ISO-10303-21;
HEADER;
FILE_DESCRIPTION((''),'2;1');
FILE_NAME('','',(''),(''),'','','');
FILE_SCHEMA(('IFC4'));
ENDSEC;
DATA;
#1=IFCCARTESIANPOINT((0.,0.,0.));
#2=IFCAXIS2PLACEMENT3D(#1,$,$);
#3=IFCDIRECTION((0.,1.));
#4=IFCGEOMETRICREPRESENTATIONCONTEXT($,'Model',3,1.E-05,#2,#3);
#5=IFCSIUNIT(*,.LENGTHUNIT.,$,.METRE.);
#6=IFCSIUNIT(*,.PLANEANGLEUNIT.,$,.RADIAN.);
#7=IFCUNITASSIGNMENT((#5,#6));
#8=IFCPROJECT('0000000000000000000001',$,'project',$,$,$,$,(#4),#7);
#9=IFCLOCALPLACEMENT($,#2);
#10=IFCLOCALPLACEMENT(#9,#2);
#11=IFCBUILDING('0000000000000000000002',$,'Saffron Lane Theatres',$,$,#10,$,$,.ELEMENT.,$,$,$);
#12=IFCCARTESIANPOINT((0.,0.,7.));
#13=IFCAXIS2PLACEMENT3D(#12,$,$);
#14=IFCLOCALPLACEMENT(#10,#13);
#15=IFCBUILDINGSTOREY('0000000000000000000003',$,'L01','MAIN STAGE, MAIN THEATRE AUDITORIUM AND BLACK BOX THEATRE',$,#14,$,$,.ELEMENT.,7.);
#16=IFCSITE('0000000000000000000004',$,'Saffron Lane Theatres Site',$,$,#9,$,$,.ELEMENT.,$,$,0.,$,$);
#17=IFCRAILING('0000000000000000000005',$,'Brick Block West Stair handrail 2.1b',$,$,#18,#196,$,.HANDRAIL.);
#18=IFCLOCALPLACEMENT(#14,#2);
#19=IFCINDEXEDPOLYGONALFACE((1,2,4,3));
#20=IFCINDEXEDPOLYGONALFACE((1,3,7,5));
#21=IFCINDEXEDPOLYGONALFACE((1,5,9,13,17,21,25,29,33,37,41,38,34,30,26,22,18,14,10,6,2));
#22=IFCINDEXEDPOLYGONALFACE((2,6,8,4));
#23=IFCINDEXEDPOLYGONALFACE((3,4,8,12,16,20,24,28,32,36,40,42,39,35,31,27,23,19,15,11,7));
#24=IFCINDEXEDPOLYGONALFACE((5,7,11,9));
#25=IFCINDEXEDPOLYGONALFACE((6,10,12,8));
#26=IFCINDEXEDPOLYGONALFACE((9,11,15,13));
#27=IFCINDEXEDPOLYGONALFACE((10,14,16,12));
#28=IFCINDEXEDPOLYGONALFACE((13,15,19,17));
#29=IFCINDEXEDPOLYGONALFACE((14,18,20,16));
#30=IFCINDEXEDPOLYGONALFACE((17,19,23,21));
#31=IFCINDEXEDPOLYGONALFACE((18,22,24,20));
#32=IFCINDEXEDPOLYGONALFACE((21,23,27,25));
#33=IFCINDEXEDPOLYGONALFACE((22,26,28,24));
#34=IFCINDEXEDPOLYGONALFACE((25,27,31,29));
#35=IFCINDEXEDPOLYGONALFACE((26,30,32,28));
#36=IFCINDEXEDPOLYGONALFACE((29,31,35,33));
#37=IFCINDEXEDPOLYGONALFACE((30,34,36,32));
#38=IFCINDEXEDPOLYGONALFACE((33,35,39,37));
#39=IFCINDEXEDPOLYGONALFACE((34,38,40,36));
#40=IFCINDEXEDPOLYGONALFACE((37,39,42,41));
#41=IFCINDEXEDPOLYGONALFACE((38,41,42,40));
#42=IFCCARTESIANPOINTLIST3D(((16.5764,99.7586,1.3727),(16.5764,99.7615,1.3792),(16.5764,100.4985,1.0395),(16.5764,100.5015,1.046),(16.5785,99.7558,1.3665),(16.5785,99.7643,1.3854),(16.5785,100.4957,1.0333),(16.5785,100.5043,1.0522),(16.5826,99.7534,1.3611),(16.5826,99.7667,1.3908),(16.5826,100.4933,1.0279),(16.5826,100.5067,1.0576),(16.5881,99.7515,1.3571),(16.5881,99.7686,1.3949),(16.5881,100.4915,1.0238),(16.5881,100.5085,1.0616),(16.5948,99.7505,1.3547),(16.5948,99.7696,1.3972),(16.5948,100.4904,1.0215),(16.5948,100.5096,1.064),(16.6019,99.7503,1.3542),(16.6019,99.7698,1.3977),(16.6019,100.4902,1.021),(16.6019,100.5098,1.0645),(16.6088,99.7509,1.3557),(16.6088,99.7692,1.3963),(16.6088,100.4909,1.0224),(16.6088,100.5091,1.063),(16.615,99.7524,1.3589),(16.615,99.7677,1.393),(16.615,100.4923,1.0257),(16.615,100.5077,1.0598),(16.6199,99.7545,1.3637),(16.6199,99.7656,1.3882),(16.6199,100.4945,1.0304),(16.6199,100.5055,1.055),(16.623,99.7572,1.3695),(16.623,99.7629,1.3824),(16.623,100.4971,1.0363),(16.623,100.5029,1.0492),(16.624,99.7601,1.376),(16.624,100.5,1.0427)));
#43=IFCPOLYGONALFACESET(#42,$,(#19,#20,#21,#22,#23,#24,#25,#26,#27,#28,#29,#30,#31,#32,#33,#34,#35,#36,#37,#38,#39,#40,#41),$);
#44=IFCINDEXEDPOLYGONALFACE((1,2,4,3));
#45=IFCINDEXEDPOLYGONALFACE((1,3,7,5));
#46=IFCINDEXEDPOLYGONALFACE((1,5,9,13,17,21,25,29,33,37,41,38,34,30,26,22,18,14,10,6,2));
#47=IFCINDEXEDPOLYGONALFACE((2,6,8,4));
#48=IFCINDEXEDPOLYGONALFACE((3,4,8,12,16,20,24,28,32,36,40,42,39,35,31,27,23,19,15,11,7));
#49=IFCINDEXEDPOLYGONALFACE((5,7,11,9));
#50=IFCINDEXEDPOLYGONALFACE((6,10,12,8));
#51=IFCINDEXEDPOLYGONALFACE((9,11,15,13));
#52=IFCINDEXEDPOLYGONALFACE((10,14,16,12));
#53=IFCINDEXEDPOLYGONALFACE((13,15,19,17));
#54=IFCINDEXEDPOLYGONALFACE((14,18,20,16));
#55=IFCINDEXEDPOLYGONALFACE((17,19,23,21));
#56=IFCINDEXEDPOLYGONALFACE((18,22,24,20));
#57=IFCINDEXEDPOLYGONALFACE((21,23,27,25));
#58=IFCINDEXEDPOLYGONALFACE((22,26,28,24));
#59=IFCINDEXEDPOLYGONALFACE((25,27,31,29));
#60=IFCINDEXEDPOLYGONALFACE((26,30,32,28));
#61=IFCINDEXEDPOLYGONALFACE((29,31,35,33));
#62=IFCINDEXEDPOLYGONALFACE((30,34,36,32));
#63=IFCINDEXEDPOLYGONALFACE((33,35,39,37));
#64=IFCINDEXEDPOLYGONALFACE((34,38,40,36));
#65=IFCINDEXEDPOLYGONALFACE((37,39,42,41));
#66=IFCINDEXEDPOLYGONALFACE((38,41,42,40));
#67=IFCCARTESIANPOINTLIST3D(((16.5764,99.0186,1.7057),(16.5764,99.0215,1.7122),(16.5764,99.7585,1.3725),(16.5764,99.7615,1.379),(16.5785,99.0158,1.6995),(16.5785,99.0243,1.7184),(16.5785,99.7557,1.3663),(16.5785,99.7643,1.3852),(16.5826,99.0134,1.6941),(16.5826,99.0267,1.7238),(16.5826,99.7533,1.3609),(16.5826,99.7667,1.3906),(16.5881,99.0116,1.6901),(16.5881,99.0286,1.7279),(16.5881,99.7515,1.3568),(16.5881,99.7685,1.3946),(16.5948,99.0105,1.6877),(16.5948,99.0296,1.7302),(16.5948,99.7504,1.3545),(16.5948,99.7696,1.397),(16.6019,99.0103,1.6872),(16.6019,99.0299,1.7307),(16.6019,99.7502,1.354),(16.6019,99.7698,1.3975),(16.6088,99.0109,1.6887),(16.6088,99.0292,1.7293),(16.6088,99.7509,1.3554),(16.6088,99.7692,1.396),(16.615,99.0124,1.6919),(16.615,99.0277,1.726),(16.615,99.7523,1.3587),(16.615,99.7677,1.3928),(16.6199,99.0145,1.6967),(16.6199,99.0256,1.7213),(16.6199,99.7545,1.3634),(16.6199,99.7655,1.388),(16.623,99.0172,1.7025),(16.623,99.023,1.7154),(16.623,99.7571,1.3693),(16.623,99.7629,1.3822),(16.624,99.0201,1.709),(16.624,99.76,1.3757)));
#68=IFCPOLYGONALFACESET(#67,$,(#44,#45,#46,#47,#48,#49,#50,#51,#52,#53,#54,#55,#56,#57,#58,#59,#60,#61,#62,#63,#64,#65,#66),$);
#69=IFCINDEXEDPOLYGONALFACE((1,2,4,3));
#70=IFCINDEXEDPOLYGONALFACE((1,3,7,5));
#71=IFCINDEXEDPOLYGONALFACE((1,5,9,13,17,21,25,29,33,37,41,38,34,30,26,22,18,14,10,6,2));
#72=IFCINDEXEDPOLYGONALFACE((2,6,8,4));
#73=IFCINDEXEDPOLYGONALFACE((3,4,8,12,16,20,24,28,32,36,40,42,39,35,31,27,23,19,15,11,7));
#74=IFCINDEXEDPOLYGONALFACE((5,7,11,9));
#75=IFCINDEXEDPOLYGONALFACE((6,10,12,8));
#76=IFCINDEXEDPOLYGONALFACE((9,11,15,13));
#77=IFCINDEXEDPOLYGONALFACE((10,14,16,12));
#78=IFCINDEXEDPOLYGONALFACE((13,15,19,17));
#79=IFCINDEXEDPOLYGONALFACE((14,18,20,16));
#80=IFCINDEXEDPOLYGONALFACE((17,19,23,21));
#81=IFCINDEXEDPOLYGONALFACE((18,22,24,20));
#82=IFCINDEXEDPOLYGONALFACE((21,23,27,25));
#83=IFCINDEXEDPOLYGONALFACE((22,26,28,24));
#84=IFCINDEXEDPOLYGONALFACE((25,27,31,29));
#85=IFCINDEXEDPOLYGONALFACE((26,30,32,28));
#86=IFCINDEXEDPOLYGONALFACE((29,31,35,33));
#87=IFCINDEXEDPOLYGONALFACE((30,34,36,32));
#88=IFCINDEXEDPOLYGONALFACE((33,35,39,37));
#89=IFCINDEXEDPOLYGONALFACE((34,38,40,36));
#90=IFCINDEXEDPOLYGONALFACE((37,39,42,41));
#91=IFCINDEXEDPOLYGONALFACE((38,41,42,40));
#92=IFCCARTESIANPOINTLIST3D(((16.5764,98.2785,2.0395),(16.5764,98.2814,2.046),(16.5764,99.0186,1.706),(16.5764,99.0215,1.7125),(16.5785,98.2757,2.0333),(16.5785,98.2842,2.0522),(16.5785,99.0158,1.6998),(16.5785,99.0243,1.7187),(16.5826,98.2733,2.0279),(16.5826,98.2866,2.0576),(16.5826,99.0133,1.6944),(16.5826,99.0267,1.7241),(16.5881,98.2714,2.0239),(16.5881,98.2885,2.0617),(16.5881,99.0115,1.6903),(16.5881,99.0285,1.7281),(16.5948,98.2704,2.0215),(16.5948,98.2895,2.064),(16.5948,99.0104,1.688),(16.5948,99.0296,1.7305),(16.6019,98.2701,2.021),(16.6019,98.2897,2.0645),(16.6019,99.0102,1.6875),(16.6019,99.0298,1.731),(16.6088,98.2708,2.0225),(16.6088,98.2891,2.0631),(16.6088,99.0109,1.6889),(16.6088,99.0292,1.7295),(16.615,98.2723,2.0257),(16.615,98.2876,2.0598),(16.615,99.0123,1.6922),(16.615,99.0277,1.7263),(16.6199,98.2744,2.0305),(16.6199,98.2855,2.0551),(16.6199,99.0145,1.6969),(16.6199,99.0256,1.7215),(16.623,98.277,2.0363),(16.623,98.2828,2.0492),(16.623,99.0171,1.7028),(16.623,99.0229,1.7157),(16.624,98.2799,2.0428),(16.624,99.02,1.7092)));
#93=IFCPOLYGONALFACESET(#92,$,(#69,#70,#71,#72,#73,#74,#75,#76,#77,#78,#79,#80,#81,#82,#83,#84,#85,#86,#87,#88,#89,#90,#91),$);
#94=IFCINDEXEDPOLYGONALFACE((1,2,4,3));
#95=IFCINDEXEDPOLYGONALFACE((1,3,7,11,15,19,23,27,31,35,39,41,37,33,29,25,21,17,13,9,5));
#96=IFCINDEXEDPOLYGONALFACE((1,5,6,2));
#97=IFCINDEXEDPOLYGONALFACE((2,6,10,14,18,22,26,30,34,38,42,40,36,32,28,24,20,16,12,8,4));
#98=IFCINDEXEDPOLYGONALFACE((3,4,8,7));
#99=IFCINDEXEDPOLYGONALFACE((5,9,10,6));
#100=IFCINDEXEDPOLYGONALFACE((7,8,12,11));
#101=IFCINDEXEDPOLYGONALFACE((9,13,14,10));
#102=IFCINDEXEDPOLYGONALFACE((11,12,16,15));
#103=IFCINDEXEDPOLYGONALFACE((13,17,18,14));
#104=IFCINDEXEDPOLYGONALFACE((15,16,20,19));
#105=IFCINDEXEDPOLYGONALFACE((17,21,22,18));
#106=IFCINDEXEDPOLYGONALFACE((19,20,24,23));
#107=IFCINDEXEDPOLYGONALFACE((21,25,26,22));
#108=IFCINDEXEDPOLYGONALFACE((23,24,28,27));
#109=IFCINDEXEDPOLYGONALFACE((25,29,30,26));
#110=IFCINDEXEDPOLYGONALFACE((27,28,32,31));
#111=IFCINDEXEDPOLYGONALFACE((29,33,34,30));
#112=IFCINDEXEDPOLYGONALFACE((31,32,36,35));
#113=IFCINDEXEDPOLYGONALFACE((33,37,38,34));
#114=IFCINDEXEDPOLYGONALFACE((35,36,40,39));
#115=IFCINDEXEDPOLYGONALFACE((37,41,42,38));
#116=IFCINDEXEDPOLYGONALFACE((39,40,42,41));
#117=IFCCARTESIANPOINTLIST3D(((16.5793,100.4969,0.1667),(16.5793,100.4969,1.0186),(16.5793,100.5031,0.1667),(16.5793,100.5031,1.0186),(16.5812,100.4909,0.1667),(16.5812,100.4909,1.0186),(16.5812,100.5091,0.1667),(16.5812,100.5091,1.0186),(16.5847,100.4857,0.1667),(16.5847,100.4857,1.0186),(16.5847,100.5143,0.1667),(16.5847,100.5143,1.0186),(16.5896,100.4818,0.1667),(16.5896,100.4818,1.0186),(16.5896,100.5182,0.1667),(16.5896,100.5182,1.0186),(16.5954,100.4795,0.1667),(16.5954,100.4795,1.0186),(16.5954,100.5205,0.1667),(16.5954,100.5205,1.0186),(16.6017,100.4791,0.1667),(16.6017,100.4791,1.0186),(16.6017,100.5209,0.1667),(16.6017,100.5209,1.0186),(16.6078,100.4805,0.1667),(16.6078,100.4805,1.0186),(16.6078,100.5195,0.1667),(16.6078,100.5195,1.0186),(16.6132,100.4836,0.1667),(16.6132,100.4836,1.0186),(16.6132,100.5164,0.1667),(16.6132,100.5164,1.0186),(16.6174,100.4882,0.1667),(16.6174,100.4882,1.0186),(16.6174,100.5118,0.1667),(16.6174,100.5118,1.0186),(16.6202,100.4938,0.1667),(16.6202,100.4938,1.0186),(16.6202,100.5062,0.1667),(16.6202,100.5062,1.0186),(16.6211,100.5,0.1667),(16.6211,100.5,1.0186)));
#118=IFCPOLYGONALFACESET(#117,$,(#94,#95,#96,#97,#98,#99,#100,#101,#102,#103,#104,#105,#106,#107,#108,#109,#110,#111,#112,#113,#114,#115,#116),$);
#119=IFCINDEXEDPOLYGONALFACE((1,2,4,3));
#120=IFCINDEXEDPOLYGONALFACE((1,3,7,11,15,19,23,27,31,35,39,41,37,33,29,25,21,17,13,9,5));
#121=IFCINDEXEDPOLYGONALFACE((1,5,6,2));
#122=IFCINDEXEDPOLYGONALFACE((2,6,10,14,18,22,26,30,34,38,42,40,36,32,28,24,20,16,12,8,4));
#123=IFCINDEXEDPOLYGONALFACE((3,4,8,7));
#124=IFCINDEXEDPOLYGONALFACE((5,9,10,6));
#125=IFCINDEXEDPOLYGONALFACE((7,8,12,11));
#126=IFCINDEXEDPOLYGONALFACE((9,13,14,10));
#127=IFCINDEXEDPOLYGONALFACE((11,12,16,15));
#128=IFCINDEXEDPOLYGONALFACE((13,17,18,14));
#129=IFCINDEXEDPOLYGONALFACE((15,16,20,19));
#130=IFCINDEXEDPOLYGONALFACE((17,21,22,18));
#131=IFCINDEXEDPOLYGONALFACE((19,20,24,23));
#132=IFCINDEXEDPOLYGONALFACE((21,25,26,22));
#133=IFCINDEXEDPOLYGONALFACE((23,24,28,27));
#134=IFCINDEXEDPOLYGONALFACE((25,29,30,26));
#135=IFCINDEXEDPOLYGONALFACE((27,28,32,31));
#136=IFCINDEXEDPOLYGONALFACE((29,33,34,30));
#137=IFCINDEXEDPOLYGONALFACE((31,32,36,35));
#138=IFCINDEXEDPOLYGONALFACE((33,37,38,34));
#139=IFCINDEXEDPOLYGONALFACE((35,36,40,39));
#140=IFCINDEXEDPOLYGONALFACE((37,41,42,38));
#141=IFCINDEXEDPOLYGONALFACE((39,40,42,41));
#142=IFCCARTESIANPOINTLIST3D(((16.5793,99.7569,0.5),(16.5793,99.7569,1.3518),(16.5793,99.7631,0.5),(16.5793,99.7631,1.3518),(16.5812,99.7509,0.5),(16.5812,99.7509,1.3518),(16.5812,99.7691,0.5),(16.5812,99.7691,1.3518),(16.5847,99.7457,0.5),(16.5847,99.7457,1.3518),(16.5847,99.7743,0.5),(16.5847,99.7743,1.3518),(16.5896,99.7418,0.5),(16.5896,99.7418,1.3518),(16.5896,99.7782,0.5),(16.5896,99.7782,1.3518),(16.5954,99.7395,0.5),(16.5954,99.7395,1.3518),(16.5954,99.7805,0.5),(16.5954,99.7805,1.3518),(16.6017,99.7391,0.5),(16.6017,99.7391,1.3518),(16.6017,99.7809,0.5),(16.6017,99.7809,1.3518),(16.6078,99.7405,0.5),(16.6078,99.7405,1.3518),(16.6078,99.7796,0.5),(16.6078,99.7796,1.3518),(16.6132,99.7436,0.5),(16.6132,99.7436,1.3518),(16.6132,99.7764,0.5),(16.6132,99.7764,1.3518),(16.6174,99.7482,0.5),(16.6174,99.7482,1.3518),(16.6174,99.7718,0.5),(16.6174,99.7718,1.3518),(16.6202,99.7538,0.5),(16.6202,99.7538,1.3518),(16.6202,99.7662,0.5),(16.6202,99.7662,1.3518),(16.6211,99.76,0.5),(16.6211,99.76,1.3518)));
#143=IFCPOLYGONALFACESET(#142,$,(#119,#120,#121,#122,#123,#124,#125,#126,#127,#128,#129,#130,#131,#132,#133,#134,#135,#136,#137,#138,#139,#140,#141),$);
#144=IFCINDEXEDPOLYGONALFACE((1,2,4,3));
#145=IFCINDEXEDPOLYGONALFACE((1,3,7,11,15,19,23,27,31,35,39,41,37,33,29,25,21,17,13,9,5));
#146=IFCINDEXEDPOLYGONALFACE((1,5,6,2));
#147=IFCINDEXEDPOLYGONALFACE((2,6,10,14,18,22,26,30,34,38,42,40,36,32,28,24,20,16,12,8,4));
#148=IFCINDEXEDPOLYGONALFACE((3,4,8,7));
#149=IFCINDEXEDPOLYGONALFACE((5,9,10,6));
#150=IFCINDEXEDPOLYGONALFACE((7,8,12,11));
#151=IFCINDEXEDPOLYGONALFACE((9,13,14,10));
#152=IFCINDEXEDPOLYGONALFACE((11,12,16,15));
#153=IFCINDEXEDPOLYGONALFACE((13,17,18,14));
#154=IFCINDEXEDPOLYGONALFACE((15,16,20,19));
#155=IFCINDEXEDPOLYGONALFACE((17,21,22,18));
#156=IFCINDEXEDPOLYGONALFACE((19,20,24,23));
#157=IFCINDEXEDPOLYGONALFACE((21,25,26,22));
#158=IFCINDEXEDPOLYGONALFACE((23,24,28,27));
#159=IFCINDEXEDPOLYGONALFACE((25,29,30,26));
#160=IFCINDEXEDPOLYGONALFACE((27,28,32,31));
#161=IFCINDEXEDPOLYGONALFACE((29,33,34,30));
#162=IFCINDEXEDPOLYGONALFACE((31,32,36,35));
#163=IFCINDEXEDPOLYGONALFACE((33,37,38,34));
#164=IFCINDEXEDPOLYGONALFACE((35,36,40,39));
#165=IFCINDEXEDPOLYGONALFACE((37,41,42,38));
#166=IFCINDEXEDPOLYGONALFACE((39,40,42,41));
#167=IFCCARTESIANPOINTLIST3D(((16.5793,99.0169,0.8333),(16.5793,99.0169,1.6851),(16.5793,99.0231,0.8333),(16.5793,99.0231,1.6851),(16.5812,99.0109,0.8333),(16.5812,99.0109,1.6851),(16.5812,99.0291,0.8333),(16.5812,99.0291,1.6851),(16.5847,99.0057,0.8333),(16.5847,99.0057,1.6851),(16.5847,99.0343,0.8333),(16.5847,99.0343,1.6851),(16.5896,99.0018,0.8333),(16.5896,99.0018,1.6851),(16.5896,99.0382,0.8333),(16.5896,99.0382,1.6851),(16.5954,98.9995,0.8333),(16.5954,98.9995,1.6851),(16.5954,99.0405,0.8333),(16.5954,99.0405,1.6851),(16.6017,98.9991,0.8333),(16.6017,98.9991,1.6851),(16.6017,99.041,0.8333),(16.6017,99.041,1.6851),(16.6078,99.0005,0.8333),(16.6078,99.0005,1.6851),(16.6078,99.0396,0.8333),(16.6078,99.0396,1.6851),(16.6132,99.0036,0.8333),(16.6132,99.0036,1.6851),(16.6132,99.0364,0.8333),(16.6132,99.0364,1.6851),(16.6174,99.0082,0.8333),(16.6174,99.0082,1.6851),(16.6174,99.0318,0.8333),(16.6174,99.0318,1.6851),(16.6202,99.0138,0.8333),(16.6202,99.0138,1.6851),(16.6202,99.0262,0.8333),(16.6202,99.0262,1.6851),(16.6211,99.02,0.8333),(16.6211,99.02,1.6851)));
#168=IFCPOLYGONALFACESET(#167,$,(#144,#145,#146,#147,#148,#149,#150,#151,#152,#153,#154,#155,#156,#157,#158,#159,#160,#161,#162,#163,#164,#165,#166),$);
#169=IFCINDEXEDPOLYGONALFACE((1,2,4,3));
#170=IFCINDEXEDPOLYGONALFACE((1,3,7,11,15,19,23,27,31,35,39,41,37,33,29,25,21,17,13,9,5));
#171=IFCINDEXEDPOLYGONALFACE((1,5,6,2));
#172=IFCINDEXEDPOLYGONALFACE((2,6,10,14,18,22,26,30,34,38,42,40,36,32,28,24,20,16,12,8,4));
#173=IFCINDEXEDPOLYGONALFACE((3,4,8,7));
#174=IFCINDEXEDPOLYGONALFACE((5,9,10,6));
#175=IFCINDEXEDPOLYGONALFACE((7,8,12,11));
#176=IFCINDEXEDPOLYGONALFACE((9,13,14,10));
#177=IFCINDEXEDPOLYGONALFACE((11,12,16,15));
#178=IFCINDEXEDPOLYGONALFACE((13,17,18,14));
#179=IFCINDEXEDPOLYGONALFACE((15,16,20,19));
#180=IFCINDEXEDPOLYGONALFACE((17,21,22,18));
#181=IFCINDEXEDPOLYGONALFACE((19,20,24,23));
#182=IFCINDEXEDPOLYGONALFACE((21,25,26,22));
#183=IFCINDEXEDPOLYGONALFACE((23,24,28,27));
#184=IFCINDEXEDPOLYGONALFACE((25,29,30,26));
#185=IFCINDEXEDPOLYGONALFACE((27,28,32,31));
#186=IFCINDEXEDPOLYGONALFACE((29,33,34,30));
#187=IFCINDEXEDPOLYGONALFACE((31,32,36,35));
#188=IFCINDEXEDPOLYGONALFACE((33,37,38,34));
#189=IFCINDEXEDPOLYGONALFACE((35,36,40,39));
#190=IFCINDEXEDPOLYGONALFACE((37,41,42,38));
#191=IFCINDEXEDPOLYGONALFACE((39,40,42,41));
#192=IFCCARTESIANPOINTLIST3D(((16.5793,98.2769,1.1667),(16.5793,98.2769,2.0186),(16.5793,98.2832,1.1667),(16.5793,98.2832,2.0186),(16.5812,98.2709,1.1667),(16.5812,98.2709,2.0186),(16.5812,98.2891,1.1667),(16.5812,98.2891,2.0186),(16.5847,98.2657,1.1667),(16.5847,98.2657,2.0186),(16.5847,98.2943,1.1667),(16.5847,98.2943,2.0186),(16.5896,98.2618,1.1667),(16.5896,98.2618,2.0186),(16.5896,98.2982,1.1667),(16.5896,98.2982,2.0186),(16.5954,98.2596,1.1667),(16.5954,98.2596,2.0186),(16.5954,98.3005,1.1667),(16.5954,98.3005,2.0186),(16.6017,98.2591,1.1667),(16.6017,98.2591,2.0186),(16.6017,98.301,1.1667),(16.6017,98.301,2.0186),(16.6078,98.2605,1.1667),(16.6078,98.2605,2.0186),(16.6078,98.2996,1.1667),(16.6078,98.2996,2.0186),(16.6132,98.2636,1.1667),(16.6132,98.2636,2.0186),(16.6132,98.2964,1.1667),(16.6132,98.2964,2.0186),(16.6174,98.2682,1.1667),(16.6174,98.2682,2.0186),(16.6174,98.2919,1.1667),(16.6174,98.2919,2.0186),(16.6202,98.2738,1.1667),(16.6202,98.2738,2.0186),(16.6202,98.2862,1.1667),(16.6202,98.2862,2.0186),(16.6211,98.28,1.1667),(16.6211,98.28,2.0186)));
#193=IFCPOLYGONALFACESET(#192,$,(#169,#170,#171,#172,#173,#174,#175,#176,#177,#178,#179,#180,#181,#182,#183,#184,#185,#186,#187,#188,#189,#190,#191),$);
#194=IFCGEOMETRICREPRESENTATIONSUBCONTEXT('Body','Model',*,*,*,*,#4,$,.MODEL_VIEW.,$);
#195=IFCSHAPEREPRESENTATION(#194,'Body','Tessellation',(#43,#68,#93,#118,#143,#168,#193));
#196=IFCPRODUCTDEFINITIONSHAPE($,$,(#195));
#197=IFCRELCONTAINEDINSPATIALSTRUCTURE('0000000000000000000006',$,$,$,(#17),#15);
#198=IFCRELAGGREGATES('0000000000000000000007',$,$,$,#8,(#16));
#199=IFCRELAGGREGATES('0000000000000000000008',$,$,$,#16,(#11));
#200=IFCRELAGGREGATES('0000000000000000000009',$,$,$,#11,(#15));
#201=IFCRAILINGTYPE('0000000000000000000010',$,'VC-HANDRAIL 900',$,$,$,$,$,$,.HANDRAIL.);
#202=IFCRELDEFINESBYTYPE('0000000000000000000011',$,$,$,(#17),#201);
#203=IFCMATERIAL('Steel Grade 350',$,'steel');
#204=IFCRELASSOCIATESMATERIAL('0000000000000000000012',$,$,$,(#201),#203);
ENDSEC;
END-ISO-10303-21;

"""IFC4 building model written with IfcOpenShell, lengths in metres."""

from ifc_helpers import new_model, si_unit, direction, frame, origin, origin_2d, place, context, subcontext, project, spatial, circle, extrude, material, type_object, element, save


model = new_model("IFC4")

# Units and contexts
model_context = context("Model", 3, precision=1e-05, world=origin(), true_north=direction((0.0, 1.0)))
body_context = subcontext(model_context, "Body", "Model", "MODEL_VIEW")
ifc_project = project(units=[si_unit("LENGTHUNIT", "METRE"), si_unit("PLANEANGLEUNIT", "RADIAN")], contexts=[model_context])

# Site, building, storey
site_placement = place(None, origin())
site = spatial("IfcSite", under=ifc_project, at=site_placement, Name="Saffron Lane Theatres Site", CompositionType="ELEMENT", RefElevation=0.0)
building_placement = place(site_placement, origin())
building = spatial("IfcBuilding", under=site, at=building_placement, Name="Saffron Lane Theatres", CompositionType="ELEMENT")
storey_placement = place(building_placement, frame((0.0, 0.0, 7.0)))
storey = spatial("IfcBuildingStorey", under=building, at=storey_placement, Name="L01", Description="MAIN STAGE, MAIN THEATRE AUDITORIUM AND BLACK BOX THEATRE", CompositionType="ELEMENT", Elevation=7.0)

# Railing
ifc_material_1 = material(Name="Steel Grade 350", Category="steel")
railing_type_1 = type_object("IfcRailingType", Name="VC-HANDRAIL 900", PredefinedType="HANDRAIL", material=ifc_material_1)
for number, where, name in (
    (1, (16.6001, 100.5, 0.1667), "Brick Block West Stair handrail 2.1b"),
):
    element("IfcRailing", number, at=place(storey_placement, frame(where)), inside=storey, type_object=railing_type_1, Name=name, PredefinedType="HANDRAIL", context=body_context, shape_type="SweptSolid", body=[
        extrude(circle(Radius=0.0239, at=origin_2d()), frame((0.0, 0.0, 0.876), z_axis=(0.0, -0.911803, 0.410627), x_axis=(1.0, 0.0, 0.0)), (0.0, 0.0, 1.0), 0.8115),
        extrude(circle(Radius=0.0239, at=origin_2d()), frame((0.0, -0.74, 1.209), z_axis=(0.0, -0.911803, 0.410627), x_axis=(1.0, 0.0, 0.0)), (0.0, 0.0, 1.0), 0.8115),
        extrude(circle(Radius=0.0239, at=origin_2d()), frame((0.0, -1.48, 1.5425), z_axis=(0.0, -0.911691, 0.410877), x_axis=(1.0, 0.0, 0.0)), (0.0, 0.0, 1.0), 0.8118),
        extrude(circle(Radius=0.021, at=origin_2d()), origin(), (0.0, 0.0, 1.0), 0.8518),
        extrude(circle(Radius=0.021, at=origin_2d()), frame((0.0, -0.74, 0.3333)), (0.0, 0.0, 1.0), 0.8518),
        extrude(circle(Radius=0.021, at=origin_2d()), frame((0.0, -1.48, 0.6665)), (0.0, 0.0, 1.0), 0.8518),
        extrude(circle(Radius=0.021, at=origin_2d()), frame((0.0, -2.22, 1.0)), (0.0, 0.0, 1.0), 0.8518),
    ])

save(model, "model.ifc")
